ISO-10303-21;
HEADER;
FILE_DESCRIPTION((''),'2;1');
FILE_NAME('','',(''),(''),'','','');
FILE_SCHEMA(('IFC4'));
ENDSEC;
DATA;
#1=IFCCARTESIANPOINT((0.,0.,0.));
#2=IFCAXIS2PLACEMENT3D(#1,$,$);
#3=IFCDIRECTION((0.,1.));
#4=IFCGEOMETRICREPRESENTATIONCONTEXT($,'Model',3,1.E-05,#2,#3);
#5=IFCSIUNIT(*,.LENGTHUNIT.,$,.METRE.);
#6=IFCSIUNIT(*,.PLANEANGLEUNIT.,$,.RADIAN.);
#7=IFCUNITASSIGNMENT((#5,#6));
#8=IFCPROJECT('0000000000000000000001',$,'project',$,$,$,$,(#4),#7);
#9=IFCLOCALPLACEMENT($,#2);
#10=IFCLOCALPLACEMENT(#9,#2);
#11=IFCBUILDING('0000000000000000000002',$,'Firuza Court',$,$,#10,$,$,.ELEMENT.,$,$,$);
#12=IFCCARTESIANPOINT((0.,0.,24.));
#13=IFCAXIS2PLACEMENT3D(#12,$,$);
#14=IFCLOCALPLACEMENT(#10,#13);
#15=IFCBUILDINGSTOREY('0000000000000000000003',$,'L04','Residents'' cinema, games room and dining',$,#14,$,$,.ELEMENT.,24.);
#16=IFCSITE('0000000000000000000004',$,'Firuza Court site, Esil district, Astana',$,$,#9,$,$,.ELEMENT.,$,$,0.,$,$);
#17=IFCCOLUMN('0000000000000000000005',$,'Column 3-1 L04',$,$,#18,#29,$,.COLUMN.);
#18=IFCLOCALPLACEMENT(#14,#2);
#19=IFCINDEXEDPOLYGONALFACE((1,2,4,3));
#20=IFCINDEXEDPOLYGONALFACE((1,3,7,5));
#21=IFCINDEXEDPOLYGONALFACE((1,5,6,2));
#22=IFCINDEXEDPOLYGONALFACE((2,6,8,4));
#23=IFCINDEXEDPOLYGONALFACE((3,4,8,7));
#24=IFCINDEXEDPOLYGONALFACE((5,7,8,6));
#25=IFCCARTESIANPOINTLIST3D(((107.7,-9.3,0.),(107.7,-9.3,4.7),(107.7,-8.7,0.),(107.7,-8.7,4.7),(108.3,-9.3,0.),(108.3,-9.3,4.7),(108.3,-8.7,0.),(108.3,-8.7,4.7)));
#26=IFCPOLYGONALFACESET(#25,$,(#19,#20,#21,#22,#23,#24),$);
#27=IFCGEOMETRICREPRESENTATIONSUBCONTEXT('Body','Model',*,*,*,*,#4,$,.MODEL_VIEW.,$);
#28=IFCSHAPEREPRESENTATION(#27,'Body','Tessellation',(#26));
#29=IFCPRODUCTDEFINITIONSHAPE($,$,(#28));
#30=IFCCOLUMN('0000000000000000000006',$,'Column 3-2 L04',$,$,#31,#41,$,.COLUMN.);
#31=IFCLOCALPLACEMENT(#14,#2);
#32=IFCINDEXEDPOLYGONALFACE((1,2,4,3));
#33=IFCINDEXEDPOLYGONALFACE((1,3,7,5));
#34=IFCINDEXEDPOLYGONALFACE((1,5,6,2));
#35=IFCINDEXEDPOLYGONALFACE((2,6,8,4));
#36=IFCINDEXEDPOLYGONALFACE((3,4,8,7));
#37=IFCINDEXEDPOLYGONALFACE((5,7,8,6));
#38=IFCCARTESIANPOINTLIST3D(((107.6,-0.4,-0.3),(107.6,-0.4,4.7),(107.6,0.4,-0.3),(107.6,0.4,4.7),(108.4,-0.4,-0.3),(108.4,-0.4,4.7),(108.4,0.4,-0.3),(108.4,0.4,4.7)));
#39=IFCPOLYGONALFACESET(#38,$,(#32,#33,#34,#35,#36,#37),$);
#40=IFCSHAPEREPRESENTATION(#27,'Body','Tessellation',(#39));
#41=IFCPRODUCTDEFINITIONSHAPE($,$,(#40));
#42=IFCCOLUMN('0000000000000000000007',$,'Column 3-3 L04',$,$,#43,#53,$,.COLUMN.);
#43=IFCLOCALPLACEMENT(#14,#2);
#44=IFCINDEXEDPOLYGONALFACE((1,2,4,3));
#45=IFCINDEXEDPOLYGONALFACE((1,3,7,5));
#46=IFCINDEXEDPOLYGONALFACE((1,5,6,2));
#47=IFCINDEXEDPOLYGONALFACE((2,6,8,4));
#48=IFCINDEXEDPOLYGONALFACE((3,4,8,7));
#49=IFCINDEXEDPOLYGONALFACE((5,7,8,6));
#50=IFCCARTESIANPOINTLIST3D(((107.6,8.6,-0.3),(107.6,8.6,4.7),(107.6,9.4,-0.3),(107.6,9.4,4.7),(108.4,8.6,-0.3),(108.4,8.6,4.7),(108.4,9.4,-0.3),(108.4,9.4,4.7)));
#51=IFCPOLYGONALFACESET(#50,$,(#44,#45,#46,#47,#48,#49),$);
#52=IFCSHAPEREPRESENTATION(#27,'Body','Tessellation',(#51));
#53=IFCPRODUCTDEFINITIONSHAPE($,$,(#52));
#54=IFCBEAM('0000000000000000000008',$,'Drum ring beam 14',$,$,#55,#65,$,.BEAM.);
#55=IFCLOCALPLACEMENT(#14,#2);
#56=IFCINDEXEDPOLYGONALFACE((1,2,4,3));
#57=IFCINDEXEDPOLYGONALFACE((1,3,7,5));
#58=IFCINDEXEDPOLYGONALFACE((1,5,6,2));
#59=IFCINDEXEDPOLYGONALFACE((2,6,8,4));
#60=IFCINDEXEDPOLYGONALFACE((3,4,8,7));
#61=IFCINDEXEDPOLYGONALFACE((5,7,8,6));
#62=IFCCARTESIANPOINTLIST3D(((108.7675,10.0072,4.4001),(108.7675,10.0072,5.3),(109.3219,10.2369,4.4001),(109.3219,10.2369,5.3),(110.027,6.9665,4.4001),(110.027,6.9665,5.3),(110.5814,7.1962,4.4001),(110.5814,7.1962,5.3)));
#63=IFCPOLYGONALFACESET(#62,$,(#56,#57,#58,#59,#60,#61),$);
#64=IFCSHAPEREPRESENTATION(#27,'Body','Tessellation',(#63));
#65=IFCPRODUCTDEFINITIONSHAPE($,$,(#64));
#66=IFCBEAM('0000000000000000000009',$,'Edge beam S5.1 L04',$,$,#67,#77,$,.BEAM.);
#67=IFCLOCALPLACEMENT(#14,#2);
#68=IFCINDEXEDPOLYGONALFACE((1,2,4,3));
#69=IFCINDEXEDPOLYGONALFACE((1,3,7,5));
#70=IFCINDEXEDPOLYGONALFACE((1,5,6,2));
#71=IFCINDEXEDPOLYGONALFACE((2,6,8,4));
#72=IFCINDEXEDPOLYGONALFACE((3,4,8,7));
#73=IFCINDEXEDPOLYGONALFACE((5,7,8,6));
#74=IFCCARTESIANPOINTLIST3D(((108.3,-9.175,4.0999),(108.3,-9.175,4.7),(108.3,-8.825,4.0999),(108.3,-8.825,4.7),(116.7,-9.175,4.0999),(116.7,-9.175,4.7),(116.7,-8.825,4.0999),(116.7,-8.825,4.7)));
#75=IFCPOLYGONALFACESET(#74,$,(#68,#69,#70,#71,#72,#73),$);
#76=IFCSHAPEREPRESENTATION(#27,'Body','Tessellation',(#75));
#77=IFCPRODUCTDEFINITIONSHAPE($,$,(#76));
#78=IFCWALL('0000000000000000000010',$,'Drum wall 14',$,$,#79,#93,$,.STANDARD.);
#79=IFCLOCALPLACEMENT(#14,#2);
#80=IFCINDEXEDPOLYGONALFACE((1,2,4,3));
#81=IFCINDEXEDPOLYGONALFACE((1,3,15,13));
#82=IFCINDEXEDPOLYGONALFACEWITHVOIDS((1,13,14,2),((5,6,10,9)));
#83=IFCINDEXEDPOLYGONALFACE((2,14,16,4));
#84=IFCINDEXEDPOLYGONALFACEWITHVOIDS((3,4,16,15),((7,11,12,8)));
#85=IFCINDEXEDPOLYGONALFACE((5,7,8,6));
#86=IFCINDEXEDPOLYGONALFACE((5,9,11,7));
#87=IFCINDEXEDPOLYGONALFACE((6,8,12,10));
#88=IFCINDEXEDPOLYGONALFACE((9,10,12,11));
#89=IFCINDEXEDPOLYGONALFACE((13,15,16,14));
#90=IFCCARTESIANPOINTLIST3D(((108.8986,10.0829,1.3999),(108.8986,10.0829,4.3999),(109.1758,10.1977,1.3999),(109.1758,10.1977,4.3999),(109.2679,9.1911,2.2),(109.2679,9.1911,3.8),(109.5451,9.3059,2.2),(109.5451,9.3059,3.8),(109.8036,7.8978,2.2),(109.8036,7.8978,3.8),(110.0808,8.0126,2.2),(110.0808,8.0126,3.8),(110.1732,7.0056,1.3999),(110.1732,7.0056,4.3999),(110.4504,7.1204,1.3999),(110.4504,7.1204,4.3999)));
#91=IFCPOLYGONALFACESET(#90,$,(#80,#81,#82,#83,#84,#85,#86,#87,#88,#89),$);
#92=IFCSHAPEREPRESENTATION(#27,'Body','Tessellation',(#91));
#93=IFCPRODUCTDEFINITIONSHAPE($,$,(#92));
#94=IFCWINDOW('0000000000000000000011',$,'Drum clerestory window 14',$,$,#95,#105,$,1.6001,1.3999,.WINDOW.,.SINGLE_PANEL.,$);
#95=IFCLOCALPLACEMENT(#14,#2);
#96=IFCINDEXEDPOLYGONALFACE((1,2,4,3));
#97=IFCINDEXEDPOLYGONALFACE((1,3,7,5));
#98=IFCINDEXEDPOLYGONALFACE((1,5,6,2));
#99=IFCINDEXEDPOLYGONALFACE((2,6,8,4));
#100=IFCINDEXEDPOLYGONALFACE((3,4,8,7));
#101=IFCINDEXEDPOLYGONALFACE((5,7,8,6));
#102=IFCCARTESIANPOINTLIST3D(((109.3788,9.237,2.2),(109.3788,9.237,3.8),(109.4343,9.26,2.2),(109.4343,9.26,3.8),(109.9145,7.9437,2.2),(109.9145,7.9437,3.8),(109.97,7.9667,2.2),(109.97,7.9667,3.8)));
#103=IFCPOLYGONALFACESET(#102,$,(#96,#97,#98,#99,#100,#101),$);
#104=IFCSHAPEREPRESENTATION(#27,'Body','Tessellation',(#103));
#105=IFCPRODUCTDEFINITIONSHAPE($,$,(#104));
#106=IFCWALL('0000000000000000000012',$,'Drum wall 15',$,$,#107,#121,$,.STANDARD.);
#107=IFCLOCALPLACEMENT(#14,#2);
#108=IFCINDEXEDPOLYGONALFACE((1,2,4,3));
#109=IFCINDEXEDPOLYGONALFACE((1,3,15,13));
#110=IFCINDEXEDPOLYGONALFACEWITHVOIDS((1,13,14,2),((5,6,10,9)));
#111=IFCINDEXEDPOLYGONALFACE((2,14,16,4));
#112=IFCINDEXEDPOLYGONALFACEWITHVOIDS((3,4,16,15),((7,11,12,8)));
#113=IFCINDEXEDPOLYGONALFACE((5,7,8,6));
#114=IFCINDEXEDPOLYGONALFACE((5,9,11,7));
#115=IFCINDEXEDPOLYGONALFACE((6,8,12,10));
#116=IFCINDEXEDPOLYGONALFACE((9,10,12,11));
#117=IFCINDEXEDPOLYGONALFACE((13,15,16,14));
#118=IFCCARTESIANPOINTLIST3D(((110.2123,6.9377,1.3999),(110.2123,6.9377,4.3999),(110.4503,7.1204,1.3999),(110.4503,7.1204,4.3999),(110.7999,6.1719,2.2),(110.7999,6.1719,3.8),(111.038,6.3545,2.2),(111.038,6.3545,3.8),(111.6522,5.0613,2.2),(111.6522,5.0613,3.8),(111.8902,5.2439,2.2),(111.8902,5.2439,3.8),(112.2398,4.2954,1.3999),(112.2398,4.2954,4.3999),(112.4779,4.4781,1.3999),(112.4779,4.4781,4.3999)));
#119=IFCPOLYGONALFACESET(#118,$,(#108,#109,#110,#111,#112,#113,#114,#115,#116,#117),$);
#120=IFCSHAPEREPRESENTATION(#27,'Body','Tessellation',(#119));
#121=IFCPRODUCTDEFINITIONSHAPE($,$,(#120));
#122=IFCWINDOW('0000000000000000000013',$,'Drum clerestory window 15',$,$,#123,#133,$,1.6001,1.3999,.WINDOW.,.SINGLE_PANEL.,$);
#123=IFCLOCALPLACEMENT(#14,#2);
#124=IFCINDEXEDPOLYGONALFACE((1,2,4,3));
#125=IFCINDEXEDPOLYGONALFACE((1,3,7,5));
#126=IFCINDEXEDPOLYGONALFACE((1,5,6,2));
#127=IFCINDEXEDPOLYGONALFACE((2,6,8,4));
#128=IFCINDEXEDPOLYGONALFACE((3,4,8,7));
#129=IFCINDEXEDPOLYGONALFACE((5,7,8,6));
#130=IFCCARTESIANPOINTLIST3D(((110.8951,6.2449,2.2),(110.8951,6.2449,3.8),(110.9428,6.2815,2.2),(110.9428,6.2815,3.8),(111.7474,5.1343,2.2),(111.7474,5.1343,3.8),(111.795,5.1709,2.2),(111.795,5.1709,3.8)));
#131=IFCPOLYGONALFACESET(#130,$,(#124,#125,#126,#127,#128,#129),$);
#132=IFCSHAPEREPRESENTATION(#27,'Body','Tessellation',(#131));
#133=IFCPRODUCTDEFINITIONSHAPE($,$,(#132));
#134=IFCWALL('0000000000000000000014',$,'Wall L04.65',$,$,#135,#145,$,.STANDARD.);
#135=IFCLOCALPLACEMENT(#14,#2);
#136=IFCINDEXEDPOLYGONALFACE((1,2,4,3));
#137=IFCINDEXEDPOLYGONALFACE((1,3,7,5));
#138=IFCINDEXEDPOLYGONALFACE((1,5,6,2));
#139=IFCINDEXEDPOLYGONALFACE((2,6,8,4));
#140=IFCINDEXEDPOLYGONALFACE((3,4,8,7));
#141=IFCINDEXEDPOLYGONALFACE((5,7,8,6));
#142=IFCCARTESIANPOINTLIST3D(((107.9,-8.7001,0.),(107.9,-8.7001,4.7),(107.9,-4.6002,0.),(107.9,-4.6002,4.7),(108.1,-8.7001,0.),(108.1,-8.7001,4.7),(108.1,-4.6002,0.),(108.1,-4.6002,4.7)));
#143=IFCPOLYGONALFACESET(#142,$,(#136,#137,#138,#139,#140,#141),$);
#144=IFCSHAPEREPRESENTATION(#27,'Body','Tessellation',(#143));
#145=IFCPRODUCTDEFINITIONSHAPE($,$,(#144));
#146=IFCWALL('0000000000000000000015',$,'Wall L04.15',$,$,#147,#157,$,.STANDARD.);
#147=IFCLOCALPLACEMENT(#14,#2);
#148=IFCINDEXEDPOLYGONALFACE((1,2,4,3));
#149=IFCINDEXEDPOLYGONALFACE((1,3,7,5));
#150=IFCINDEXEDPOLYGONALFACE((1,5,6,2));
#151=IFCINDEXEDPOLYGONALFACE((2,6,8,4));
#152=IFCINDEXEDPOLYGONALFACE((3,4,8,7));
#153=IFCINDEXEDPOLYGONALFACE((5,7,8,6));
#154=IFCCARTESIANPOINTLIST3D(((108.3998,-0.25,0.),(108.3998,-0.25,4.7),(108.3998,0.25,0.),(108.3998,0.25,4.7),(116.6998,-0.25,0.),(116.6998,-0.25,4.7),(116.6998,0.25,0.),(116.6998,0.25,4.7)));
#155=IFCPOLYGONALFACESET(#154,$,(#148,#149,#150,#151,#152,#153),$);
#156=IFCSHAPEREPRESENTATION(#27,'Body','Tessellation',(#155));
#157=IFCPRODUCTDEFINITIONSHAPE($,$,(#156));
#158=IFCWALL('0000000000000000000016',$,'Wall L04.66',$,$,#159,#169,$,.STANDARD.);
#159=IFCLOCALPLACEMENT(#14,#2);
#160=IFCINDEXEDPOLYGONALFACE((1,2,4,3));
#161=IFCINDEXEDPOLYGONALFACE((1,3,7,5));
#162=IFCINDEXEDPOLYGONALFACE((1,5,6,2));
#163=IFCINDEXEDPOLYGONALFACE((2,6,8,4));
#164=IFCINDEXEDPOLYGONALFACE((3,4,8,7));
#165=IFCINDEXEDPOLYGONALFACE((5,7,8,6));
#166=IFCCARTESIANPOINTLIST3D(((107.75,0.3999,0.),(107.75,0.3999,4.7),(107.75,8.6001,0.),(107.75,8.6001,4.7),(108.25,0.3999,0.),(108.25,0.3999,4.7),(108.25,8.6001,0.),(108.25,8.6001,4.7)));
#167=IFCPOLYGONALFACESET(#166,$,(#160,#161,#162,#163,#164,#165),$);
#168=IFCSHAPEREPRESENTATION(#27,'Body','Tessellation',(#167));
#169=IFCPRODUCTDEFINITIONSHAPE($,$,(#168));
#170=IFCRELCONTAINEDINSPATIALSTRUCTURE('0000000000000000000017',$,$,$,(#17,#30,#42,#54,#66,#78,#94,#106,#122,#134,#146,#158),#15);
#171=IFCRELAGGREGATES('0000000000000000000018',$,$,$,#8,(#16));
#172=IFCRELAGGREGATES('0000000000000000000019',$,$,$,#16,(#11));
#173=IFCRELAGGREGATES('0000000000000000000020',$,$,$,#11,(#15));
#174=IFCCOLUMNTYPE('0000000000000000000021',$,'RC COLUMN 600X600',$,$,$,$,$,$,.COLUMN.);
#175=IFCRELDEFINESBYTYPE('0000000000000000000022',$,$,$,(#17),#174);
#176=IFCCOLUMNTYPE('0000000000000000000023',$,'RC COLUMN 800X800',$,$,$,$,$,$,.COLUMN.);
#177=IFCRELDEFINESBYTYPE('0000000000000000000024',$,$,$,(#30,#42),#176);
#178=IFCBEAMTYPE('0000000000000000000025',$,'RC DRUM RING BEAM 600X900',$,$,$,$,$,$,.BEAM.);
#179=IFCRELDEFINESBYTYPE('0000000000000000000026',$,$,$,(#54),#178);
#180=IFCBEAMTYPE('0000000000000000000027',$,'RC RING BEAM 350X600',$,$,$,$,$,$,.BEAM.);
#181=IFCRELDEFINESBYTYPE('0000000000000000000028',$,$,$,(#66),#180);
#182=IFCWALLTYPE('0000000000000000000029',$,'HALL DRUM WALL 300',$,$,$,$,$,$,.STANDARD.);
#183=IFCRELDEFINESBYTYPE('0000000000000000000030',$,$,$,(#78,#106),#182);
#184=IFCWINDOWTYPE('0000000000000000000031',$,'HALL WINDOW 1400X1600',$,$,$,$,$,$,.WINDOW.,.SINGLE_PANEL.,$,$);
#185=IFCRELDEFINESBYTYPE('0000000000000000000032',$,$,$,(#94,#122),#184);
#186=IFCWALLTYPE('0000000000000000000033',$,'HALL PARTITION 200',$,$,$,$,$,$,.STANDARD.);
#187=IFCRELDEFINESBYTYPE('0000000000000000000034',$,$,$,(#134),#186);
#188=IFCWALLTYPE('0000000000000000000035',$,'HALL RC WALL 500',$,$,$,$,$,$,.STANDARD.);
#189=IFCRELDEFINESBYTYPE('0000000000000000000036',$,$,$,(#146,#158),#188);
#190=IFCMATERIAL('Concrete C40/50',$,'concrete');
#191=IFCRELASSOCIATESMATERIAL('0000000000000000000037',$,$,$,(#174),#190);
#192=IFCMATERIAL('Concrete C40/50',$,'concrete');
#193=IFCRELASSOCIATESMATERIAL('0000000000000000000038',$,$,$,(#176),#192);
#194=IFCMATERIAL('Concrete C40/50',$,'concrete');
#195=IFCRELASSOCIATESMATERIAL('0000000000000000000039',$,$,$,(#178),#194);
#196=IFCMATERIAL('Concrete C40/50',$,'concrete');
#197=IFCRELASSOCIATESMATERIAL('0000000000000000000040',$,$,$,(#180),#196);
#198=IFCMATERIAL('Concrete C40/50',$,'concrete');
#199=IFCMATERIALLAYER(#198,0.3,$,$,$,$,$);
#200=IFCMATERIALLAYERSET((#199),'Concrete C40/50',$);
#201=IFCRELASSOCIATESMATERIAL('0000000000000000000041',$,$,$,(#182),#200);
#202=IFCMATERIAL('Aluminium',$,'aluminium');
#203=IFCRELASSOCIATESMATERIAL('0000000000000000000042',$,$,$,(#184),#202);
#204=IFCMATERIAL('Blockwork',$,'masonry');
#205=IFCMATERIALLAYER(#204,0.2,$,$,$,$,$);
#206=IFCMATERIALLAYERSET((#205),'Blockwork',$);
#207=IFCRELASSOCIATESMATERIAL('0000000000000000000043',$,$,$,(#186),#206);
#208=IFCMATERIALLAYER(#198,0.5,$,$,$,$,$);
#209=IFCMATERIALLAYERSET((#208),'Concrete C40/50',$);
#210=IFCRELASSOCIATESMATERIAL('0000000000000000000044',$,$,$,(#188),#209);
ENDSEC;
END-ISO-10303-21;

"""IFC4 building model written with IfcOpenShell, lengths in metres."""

from ifc_helpers import new_model, si_unit, direction, frame, frame_2d, origin, origin_2d, place, context, subcontext, project, spatial, rectangle, extrude, material, layer, layer_set, material_profile, profile_set, type_object, element, fill, save


model = new_model("IFC4")

# Units and contexts
model_context = context("Model", 3, precision=1e-05, world=origin(), true_north=direction((0.0, 1.0)))
body_context = subcontext(model_context, "Body", "Model", "MODEL_VIEW")
ifc_project = project(units=[si_unit("LENGTHUNIT", "METRE"), si_unit("PLANEANGLEUNIT", "RADIAN")], contexts=[model_context])

# Site, building, storey
site_placement = place(None, origin())
site = spatial("IfcSite", under=ifc_project, at=site_placement, Name="Firuza Court site, Esil district, Astana", CompositionType="ELEMENT", RefElevation=0.0)
building_placement = place(site_placement, origin())
building = spatial("IfcBuilding", under=site, at=building_placement, Name="Firuza Court", CompositionType="ELEMENT")
storey_placement = place(building_placement, frame((0.0, 0.0, 24.0)))
storey = spatial("IfcBuildingStorey", under=building, at=storey_placement, Name="L04", Description="Residents' cinema, games room and dining", CompositionType="ELEMENT", Elevation=24.0)

# Columns
ifc_material_1 = material(Name="Concrete C40/50", Category="concrete")
ifc_material_profile_1 = material_profile(ifc_material_1, rectangle(XDim=0.6001, YDim=0.6001, at=origin_2d()), Name="RC 600X600")
ifc_profile_set_1 = profile_set([ifc_material_profile_1], Name="Concrete C40/50")
column_type_1 = type_object("IfcColumnType", Name="RC COLUMN 600X600", PredefinedType="COLUMN", material=ifc_profile_set_1)
column_placement = place(storey_placement, frame((108.0, -9.0, 0.0), z_axis=(0.0, 0.0, 1.0), x_axis=(1.0, 0.0, 0.0)))
element("IfcColumn", 1, at=column_placement, inside=storey, type_object=column_type_1, Name="Column 3-1 L04", PredefinedType="COLUMN", context=body_context, shape_type="SweptSolid", body=[
    extrude(rectangle(XDim=0.6001, YDim=0.6001, at=origin_2d()), origin(), (0.0, 0.0, 1.0), 4.7),
])
ifc_material_2 = material(Name="Concrete C40/50", Category="concrete")
ifc_material_profile_2 = material_profile(ifc_material_2, rectangle(XDim=0.8, YDim=0.8, at=origin_2d()), Name="RC 800X800")
ifc_profile_set_2 = profile_set([ifc_material_profile_2], Name="Concrete C40/50")
column_type_2 = type_object("IfcColumnType", Name="RC COLUMN 800X800", PredefinedType="COLUMN", material=ifc_profile_set_2)
for number, where, z_axis, x_axis, name in (
    (2, (108.0, 0.0, -0.3), (0.0, 0.0, 1.0), (1.0, 0.0, 0.0), "Column 3-2 L04"),
    (3, (108.0, 9.0, -0.3), (0.0, 0.0, 1.0), (1.0, 0.0, 0.0), "Column 3-3 L04"),
):
    element("IfcColumn", number, at=place(storey_placement, frame(where, z_axis=z_axis, x_axis=x_axis)), inside=storey, type_object=column_type_2, Name=name, PredefinedType="COLUMN", context=body_context, shape_type="SweptSolid", body=[
        extrude(rectangle(XDim=0.8, YDim=0.8, at=origin_2d()), origin(), (0.0, 0.0, 1.0), 5.0),
    ])

# Beams
ifc_material_3 = material(Name="Concrete C40/50", Category="concrete")
ifc_material_profile_3 = material_profile(ifc_material_3, rectangle(XDim=0.6001, YDim=0.8999, at=origin_2d()), Name="RC 600X900 RING")
ifc_profile_set_3 = profile_set([ifc_material_profile_3], Name="Concrete C40/50")
beam_type_1 = type_object("IfcBeamType", Name="RC DRUM RING BEAM 600X900", PredefinedType="BEAM", material=ifc_profile_set_3)
beam_1_placement = place(storey_placement, frame((109.0447, 10.1221, 4.8501), z_axis=(0.382682, -0.92388, 0.0), x_axis=(0.92388, 0.382682, 0.0)))
element("IfcBeam", 4, at=beam_1_placement, inside=storey, type_object=beam_type_1, Name="Drum ring beam 14", PredefinedType="BEAM", context=body_context, shape_type="SweptSolid", body=[
    extrude(rectangle(XDim=0.6001, YDim=0.8999, at=origin_2d()), origin(), (0.0, 0.0, 1.0), 3.2913),
])
ifc_material_4 = material(Name="Concrete C40/50", Category="concrete")
ifc_material_profile_4 = material_profile(ifc_material_4, rectangle(XDim=0.3501, YDim=0.6001, at=origin_2d()), Name="RC 350X600")
ifc_profile_set_4 = profile_set([ifc_material_profile_4], Name="Concrete C40/50")
beam_type_2 = type_object("IfcBeamType", Name="RC RING BEAM 350X600", PredefinedType="BEAM", material=ifc_profile_set_4)
beam_2_placement = place(storey_placement, frame((108.3, -9.0, 4.3999), z_axis=(1.0, 0.0, 0.0), x_axis=(0.0, 1.0, 0.0)))
element("IfcBeam", 5, at=beam_2_placement, inside=storey, type_object=beam_type_2, Name="Edge beam S5.1 L04", PredefinedType="BEAM", context=body_context, shape_type="SweptSolid", body=[
    extrude(rectangle(XDim=0.3501, YDim=0.6001, at=origin_2d()), origin(), (0.0, 0.0, 1.0), 8.3999),
])

# Walls, openings, windows
ifc_material_5 = material(Name="Concrete C40/50", Category="concrete")
ifc_layer_1 = layer(ifc_material_5, 0.3)
ifc_layer_set_1 = layer_set([ifc_layer_1], Name="Concrete C40/50")
wall_type_1 = type_object("IfcWallType", Name="HALL DRUM WALL 300", PredefinedType="STANDARD", material=ifc_layer_set_1)
wall_1_placement = place(storey_placement, frame((109.0371, 10.1404, 1.3999), z_axis=(0.0, 0.0, 1.0), x_axis=(0.382673, -0.923884, 0.0)))
wall_1 = element("IfcWall", 6, at=wall_1_placement, inside=storey, type_object=wall_type_1, Name="Drum wall 14", PredefinedType="STANDARD", context=body_context, shape_type="SweptSolid", body=[
    extrude(rectangle(XDim=3.3308, YDim=0.3, at=frame_2d((1.6655, 0.0))), origin(), (0.0, 0.0, 1.0), 3.0),
])
opening_1_placement = place(wall_1_placement, frame((0.9653, 0.0, 0.8)))
opening_1 = element("IfcOpeningElement", 7, at=opening_1_placement, cuts=wall_1, PredefinedType="OPENING", context=body_context, shape_type="SweptSolid", body=[
    extrude(rectangle(XDim=1.3999, YDim=1.6001, at=frame_2d((0.7, 0.8))), frame((0.0, 0.1621, 0.0), z_axis=(0.0, -1.0, 0.0), x_axis=(1.0, 0.0, 0.0)), (0.0, 0.0, 1.0), 0.324),
])
ifc_material_6 = material(Name="Aluminium", Category="aluminium")
window_type_1 = type_object("IfcWindowType", Name="HALL WINDOW 1400X1600", PartitioningType="SINGLE_PANEL", PredefinedType="WINDOW", material=ifc_material_6)
window_1_placement = place(opening_1_placement, origin())
window_1 = element("IfcWindow", 8, at=window_1_placement, inside=storey, type_object=window_type_1, Name="Drum clerestory window 14", OverallHeight=1.6001, OverallWidth=1.3999, PartitioningType="SINGLE_PANEL", PredefinedType="WINDOW", context=body_context, shape_type="SweptSolid", body=[
    extrude(rectangle(XDim=1.3999, YDim=1.6001, at=frame_2d((0.7, 0.8))), frame((0.0, 0.03, 0.0), z_axis=(0.0, -1.0, 0.0), x_axis=(1.0, 0.0, 0.0)), (0.0, 0.0, 1.0), 0.0601),
])
fill(opening_1, window_1)
wall_2_placement = place(storey_placement, frame((110.3313, 7.0291, 1.3999), z_axis=(0.0, 0.0, 1.0), x_axis=(0.608772, -0.793346, 0.0)))
wall_2 = element("IfcWall", 9, at=wall_2_placement, inside=storey, type_object=wall_type_1, Name="Drum wall 15", PredefinedType="STANDARD", context=body_context, shape_type="SweptSolid", body=[
    extrude(rectangle(XDim=3.3306, YDim=0.3, at=frame_2d((1.6653, 0.0))), origin(), (0.0, 0.0, 1.0), 3.0),
])
opening_2_placement = place(wall_2_placement, frame((0.9653, 0.0, 0.8)))
opening_2 = element("IfcOpeningElement", 10, at=opening_2_placement, cuts=wall_2, PredefinedType="OPENING", context=body_context, shape_type="SweptSolid", body=[
    extrude(rectangle(XDim=1.3999, YDim=1.6001, at=frame_2d((0.7, 0.8))), frame((0.0, 0.1621, 0.0), z_axis=(0.0, -1.0, 0.0), x_axis=(1.0, 0.0, 0.0)), (0.0, 0.0, 1.0), 0.324),
])
window_2_placement = place(opening_2_placement, origin())
window_2 = element("IfcWindow", 11, at=window_2_placement, inside=storey, type_object=window_type_1, Name="Drum clerestory window 15", OverallHeight=1.6001, OverallWidth=1.3999, PartitioningType="SINGLE_PANEL", PredefinedType="WINDOW", context=body_context, shape_type="SweptSolid", body=[
    extrude(rectangle(XDim=1.3999, YDim=1.6001, at=frame_2d((0.7, 0.8))), frame((0.0, 0.03, 0.0), z_axis=(0.0, -1.0, 0.0), x_axis=(1.0, 0.0, 0.0)), (0.0, 0.0, 1.0), 0.0601),
])
fill(opening_2, window_2)

# Walls
ifc_material_7 = material(Name="Blockwork", Category="masonry")
ifc_layer_2 = layer(ifc_material_7, 0.2)
ifc_layer_set_2 = layer_set([ifc_layer_2], Name="Blockwork")
wall_type_2 = type_object("IfcWallType", Name="HALL PARTITION 200", PredefinedType="STANDARD", material=ifc_layer_set_2)
wall_3_placement = place(storey_placement, frame((108.0, -8.7, 0.0), z_axis=(0.0, 0.0, 1.0), x_axis=(0.0, 1.0, 0.0)))
element("IfcWall", 12, at=wall_3_placement, inside=storey, type_object=wall_type_2, Name="Wall L04.65", PredefinedType="STANDARD", context=body_context, shape_type="SweptSolid", body=[
    extrude(rectangle(XDim=4.0999, YDim=0.2, at=frame_2d((2.0498, 0.0))), origin(), (0.0, 0.0, 1.0), 4.7),
])
ifc_layer_3 = layer(ifc_material_5, 0.5)
ifc_layer_set_3 = layer_set([ifc_layer_3], Name="Concrete C40/50")
wall_type_3 = type_object("IfcWallType", Name="HALL RC WALL 500", PredefinedType="STANDARD", material=ifc_layer_set_3)
wall_4_placement = place(storey_placement, frame((108.3999, 0.0, 0.0), z_axis=(0.0, 0.0, 1.0), x_axis=(1.0, 0.0, 0.0)))
element("IfcWall", 13, at=wall_4_placement, inside=storey, type_object=wall_type_3, Name="Wall L04.15", PredefinedType="STANDARD", context=body_context, shape_type="SweptSolid", body=[
    extrude(rectangle(XDim=8.3, YDim=0.5, at=frame_2d((4.1499, 0.0))), origin(), (0.0, 0.0, 1.0), 4.7),
])
for number, where, z_axis, x_axis, name in (
    (14, (108.0, 0.3999, 0.0), (0.0, 0.0, 1.0), (0.0, 1.0, 0.0), "Wall L04.66"),
):
    element("IfcWall", number, at=place(storey_placement, frame(where, z_axis=z_axis, x_axis=x_axis)), inside=storey, type_object=wall_type_3, Name=name, PredefinedType="STANDARD", context=body_context, shape_type="SweptSolid", body=[
        extrude(rectangle(XDim=8.2002, YDim=0.5, at=frame_2d((4.1001, 0.0))), origin(), (0.0, 0.0, 1.0), 4.7),
    ])

save(model, "model.ifc")
